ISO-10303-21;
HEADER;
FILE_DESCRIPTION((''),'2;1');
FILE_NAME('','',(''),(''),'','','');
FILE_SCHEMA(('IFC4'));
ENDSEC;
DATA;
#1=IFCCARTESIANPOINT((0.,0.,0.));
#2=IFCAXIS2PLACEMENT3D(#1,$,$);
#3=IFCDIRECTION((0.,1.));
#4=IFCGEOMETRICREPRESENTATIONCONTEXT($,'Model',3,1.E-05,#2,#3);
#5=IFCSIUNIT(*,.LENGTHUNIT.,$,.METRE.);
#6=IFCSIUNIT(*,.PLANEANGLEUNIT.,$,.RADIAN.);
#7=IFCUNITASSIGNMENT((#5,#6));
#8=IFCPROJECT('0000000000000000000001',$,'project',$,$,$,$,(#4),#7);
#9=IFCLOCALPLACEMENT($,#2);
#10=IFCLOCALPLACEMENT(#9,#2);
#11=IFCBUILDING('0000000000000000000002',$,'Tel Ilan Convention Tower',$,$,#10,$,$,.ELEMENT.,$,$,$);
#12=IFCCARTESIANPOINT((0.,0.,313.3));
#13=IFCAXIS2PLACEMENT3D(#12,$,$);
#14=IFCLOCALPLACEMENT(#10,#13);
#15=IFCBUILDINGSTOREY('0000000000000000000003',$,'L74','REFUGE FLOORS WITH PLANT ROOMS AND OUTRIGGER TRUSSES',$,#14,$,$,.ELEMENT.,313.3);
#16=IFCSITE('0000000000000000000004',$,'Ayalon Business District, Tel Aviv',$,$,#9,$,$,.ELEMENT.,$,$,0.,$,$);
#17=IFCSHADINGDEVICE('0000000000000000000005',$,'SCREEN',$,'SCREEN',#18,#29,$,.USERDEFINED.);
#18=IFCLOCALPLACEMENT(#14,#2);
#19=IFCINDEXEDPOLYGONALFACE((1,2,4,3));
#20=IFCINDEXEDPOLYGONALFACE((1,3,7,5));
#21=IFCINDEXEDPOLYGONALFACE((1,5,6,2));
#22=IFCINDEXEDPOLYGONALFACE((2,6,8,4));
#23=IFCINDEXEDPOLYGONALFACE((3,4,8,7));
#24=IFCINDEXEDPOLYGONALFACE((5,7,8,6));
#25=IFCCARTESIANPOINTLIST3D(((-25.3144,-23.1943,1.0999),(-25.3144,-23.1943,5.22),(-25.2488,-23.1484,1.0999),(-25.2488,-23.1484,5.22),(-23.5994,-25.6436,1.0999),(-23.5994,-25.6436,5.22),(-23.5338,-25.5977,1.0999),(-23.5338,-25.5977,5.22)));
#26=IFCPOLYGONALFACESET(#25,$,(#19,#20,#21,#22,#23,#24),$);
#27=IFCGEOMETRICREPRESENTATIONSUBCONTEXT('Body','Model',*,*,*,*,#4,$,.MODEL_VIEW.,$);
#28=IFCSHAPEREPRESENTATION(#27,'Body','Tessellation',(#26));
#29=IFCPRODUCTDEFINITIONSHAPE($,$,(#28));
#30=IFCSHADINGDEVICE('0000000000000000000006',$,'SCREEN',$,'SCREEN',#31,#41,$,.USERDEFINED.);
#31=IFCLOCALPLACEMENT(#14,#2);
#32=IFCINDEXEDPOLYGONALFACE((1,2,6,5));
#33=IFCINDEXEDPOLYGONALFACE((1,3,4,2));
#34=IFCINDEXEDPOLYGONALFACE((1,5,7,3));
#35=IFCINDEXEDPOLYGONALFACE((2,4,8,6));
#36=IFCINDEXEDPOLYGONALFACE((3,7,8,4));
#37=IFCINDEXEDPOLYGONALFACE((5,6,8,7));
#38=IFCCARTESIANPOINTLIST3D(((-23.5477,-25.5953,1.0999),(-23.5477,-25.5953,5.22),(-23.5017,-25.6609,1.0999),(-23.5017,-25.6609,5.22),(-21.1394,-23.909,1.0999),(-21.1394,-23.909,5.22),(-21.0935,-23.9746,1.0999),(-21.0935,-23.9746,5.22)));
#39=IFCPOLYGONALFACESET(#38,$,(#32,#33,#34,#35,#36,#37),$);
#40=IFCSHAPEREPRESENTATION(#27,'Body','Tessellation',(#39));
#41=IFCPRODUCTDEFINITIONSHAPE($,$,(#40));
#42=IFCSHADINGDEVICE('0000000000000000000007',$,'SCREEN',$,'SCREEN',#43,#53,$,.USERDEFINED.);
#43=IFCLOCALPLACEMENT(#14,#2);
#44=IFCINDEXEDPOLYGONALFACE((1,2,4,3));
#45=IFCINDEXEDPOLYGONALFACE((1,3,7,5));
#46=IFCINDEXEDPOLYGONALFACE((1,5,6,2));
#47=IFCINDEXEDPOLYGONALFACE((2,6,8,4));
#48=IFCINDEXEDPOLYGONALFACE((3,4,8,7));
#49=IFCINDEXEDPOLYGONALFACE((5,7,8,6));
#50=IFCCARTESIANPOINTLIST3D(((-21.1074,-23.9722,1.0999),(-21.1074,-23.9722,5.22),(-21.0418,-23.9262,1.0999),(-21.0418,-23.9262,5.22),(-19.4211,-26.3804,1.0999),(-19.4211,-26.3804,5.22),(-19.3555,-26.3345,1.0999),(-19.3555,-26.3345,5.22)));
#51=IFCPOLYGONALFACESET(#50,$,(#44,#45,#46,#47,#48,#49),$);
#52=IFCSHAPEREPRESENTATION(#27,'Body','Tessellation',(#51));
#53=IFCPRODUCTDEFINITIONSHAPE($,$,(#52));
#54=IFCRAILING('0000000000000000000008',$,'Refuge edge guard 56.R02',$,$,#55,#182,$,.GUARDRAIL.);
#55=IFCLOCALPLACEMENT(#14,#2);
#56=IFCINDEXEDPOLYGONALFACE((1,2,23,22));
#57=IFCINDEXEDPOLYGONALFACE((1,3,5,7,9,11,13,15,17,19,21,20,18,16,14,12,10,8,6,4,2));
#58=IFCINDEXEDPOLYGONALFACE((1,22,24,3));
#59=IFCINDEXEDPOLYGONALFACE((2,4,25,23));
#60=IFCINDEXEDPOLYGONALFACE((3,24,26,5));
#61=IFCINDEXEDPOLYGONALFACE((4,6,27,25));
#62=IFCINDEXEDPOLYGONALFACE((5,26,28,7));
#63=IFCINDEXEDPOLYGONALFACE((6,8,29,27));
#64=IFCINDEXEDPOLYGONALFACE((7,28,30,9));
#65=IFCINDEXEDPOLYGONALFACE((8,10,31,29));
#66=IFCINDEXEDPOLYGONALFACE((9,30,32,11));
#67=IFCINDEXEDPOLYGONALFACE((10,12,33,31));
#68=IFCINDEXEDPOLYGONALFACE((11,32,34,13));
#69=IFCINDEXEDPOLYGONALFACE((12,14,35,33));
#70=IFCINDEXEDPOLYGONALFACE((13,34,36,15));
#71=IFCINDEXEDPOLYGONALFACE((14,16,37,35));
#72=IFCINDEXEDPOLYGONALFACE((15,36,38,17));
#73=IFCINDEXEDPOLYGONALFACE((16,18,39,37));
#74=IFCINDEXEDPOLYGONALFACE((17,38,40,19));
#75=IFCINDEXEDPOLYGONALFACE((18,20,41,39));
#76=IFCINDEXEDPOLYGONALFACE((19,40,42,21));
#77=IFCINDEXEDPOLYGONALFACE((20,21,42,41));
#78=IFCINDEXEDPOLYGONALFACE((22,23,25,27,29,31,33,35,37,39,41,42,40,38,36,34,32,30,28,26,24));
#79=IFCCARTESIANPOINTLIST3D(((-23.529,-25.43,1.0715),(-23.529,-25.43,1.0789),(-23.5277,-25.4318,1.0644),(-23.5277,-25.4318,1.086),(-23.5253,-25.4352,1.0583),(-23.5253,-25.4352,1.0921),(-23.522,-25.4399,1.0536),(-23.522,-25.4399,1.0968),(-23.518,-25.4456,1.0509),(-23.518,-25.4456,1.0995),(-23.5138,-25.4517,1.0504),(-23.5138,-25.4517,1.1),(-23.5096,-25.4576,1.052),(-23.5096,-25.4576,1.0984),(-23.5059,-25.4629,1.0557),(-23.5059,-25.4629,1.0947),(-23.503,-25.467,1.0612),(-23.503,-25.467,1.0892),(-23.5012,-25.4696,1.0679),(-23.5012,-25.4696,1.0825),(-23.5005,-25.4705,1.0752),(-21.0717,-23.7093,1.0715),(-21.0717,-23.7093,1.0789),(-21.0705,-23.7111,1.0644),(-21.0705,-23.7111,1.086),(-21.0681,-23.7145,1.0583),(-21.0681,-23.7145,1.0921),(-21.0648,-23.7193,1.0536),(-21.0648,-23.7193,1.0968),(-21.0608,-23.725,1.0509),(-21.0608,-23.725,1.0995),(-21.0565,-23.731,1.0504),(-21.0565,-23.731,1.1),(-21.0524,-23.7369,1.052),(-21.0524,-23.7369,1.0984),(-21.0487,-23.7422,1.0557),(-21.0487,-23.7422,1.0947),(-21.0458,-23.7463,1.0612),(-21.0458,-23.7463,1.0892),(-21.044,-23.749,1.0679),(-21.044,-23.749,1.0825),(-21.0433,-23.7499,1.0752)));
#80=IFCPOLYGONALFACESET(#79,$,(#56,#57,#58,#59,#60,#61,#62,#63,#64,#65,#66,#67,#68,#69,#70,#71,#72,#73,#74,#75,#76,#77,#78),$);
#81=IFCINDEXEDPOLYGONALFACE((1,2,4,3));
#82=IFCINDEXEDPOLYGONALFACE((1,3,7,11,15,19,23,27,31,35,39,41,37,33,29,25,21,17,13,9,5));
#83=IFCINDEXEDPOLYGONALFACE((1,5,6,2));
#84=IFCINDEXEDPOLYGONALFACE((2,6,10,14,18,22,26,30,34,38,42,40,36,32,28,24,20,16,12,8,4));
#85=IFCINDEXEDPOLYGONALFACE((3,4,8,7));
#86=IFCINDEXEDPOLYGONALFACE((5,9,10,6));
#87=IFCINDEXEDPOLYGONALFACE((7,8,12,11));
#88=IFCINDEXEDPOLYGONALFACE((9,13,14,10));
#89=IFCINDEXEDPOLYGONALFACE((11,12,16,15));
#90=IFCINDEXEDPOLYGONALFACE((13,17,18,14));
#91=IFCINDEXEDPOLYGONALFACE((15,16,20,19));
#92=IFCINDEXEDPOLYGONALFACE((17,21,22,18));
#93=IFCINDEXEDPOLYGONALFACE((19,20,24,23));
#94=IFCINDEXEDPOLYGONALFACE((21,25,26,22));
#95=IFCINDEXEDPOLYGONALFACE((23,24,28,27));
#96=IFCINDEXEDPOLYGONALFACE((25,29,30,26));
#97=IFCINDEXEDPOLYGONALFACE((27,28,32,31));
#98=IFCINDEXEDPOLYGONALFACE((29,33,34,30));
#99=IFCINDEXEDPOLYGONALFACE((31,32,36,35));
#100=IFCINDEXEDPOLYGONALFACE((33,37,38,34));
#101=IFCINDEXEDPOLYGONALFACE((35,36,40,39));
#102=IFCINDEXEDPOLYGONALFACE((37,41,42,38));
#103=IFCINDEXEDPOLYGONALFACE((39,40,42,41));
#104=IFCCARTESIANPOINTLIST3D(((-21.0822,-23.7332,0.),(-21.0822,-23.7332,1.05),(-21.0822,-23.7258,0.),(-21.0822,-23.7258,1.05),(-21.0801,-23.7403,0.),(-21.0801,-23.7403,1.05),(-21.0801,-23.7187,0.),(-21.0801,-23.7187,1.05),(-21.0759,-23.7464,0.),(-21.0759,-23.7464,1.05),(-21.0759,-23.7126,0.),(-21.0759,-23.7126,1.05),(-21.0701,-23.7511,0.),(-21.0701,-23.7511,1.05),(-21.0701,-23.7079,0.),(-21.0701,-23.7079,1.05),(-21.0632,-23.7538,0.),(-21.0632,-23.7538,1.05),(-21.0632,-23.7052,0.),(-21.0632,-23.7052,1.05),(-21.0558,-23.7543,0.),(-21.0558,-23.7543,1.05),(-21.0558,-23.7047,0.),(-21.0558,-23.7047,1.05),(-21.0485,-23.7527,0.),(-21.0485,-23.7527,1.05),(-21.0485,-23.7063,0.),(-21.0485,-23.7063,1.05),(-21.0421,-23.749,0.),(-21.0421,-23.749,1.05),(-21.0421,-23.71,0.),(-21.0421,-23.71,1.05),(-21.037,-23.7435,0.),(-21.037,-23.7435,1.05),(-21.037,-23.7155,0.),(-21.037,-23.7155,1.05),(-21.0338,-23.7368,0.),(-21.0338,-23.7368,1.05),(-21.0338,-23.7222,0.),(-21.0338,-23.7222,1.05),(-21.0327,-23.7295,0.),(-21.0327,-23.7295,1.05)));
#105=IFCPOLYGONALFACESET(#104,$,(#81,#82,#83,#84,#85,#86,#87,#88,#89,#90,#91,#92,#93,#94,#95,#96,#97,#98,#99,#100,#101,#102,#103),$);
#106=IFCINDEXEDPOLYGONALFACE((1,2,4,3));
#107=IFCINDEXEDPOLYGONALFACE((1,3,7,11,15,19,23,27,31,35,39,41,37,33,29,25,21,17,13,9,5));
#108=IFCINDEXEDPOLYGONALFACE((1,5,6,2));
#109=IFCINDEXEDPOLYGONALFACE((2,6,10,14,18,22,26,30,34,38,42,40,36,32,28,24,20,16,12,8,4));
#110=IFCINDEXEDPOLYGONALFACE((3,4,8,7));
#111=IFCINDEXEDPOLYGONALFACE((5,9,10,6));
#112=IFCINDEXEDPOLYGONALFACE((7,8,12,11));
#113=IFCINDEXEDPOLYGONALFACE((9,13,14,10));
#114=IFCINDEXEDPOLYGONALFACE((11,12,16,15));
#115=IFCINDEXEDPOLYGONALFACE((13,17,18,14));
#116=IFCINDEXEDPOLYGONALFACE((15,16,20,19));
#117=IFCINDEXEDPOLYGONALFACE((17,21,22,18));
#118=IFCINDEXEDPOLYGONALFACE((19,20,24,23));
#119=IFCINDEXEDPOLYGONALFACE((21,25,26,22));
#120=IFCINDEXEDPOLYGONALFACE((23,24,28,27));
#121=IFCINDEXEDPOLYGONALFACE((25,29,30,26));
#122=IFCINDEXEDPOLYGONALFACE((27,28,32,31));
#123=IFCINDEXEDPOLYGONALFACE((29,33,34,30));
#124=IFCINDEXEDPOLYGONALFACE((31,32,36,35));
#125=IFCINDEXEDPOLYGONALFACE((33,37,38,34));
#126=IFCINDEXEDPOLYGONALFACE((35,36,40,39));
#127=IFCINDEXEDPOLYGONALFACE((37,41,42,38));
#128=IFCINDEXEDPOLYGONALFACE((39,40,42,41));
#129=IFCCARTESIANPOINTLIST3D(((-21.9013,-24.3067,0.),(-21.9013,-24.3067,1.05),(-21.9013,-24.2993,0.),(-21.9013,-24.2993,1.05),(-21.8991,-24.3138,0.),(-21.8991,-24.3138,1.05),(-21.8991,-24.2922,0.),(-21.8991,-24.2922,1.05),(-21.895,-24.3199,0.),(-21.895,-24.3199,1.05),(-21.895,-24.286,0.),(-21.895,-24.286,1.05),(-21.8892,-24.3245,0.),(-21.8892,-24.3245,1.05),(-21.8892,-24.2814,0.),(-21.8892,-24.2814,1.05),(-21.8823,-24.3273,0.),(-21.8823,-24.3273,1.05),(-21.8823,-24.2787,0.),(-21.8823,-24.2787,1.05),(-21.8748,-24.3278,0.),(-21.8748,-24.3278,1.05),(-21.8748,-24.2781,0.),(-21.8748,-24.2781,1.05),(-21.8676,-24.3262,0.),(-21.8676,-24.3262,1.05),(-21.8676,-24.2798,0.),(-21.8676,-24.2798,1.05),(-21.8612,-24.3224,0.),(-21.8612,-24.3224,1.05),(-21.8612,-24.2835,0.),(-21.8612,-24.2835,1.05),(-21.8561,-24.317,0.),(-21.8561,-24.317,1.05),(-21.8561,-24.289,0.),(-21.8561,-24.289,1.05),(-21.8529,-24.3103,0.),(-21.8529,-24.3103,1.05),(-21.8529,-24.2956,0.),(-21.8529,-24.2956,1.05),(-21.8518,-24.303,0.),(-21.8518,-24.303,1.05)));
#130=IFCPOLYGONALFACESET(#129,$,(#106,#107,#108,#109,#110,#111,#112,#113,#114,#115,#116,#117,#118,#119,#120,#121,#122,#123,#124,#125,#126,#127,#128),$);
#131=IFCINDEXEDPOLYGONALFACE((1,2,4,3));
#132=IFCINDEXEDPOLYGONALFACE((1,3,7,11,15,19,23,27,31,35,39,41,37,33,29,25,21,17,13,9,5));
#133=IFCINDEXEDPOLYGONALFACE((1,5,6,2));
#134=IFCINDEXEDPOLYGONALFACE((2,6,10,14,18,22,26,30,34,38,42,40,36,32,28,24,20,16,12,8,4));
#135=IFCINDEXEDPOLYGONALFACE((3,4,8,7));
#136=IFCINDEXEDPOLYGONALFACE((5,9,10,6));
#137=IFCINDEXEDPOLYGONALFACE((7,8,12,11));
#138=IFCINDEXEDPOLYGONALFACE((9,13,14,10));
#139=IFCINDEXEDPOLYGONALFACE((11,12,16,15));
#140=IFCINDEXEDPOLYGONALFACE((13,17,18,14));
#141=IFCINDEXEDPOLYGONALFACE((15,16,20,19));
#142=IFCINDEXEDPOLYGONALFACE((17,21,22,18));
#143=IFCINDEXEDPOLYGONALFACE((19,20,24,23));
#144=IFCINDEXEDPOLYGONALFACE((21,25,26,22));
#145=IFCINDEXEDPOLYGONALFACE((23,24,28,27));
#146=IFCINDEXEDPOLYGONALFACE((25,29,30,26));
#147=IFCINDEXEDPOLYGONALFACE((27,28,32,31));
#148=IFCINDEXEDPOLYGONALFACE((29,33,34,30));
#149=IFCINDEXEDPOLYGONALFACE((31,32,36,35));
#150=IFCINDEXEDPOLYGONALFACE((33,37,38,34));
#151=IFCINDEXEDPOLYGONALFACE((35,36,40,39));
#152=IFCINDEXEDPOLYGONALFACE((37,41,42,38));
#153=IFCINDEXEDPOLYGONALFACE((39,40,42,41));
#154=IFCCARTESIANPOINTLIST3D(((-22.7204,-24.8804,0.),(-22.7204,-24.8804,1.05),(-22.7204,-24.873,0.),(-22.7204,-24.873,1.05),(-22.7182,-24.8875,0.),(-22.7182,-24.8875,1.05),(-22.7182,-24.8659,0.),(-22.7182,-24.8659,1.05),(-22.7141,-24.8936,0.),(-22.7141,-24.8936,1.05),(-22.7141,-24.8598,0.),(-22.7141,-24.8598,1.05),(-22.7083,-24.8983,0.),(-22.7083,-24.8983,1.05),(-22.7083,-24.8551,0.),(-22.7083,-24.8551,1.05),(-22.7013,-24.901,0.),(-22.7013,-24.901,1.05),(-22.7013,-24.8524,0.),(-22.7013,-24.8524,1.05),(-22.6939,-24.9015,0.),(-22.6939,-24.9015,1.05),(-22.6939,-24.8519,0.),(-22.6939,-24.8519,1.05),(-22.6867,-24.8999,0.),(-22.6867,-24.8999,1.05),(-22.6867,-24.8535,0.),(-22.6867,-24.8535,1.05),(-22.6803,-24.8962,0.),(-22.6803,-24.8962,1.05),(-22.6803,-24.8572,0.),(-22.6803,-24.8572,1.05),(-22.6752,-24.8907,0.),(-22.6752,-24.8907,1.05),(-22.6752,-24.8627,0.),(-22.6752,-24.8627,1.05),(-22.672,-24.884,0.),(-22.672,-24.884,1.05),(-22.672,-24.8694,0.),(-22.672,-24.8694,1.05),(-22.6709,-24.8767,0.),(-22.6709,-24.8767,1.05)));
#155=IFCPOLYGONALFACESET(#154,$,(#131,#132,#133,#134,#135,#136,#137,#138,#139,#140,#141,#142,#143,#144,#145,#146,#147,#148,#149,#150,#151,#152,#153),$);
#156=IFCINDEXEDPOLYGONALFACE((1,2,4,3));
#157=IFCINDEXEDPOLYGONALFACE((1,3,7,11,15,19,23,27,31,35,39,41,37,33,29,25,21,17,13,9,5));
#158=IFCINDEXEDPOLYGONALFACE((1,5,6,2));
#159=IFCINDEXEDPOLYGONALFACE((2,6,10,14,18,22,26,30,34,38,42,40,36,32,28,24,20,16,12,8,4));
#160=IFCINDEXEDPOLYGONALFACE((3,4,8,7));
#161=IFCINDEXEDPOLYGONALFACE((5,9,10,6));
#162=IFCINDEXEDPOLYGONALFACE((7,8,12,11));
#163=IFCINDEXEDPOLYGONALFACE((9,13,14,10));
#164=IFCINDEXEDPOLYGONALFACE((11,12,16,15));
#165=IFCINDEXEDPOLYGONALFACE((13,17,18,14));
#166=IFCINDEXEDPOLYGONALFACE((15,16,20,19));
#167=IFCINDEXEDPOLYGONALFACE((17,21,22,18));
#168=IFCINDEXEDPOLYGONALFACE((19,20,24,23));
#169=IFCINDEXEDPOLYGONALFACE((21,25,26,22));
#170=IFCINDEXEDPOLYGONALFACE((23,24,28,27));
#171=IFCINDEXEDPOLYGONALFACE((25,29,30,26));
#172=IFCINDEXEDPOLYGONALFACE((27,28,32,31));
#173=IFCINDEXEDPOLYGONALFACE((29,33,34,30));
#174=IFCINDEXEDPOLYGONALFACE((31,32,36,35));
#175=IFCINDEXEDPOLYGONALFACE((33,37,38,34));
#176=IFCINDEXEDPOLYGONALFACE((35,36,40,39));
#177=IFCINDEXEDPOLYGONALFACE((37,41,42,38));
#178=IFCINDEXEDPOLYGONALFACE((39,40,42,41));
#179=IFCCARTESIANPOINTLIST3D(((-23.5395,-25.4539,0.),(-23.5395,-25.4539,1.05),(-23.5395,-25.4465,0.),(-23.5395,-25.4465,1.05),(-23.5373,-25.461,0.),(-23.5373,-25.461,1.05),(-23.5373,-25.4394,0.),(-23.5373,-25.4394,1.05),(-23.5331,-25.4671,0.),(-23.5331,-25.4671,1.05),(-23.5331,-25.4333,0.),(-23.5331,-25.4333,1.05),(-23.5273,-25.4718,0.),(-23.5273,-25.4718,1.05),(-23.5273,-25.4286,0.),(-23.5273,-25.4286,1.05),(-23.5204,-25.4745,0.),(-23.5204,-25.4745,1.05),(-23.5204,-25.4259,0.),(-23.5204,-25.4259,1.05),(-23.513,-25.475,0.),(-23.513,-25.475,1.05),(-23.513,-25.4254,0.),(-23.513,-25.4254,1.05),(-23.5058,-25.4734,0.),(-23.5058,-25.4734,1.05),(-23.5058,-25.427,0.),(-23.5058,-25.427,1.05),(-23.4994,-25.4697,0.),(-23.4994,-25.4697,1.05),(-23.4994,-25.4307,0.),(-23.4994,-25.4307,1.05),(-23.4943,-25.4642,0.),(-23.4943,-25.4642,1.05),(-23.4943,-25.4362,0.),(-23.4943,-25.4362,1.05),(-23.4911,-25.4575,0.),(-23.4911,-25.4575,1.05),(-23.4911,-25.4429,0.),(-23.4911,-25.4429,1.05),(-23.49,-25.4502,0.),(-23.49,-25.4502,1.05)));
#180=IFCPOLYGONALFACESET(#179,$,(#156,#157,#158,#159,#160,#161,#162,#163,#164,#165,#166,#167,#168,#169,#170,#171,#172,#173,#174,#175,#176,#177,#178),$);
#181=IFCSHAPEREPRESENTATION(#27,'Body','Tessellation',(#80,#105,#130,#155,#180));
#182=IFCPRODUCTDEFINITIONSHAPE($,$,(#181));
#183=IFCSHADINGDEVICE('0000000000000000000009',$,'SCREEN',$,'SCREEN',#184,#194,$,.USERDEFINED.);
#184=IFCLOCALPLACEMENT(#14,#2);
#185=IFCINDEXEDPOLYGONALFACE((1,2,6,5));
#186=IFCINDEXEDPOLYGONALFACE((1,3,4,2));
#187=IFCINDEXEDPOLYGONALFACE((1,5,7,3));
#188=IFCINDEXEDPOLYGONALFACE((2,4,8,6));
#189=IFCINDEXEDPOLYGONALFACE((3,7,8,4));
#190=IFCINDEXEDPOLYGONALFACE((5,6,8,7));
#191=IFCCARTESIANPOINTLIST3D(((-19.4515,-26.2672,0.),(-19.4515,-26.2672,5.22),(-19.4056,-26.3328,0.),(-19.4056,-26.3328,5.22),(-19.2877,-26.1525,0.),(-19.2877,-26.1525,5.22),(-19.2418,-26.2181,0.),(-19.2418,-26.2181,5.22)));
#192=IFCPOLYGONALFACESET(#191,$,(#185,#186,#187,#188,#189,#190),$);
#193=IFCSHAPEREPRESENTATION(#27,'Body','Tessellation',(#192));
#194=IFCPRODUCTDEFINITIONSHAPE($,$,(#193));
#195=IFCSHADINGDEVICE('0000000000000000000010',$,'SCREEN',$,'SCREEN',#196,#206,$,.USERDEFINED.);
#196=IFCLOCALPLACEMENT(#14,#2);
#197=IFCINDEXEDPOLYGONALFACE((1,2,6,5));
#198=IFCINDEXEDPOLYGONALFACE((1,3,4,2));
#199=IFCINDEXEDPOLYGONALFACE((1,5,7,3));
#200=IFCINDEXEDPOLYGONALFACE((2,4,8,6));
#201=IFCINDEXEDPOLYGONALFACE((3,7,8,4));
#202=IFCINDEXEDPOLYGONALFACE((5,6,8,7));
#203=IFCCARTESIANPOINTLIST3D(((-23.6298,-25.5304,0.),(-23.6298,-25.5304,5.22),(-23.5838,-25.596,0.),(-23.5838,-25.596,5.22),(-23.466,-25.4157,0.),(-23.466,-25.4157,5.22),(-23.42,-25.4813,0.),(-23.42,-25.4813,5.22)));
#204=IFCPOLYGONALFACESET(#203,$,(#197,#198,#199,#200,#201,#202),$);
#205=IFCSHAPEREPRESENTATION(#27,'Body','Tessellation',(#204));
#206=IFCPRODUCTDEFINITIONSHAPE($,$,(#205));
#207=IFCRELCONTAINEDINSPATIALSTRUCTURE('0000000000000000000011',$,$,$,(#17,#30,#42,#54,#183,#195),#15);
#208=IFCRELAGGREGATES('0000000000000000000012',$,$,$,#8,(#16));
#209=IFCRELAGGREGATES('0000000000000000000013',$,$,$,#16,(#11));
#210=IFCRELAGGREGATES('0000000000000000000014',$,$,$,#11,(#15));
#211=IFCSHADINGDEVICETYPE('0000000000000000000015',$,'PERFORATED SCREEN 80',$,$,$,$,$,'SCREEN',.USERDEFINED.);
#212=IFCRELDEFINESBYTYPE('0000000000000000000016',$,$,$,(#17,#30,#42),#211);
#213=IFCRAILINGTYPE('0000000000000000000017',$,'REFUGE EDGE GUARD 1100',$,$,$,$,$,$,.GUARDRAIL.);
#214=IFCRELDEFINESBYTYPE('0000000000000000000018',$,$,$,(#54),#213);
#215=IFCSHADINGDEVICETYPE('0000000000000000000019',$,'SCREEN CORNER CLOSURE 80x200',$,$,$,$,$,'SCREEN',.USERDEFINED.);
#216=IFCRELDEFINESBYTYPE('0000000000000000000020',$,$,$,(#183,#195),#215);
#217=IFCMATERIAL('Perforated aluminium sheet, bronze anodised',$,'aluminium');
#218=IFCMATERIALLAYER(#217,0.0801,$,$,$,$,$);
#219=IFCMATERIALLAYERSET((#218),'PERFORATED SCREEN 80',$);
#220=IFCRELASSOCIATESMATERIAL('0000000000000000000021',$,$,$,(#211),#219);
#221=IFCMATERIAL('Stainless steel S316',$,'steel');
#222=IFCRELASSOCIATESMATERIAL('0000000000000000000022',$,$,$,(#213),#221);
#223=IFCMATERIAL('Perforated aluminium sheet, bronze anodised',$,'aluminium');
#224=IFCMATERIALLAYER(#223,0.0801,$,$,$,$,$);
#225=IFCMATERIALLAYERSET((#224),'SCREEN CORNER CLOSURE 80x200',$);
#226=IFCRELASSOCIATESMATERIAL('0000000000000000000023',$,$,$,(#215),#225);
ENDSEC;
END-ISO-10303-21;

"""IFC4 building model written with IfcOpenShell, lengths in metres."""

from ifc_helpers import new_model, si_unit, direction, frame, origin, origin_2d, place, context, subcontext, project, spatial, rectangle, circle, extrude, material, layer, layer_set, type_object, element, save


model = new_model("IFC4")

# Units and contexts
model_context = context("Model", 3, precision=1e-05, world=origin(), true_north=direction((0.0, 1.0)))
body_context = subcontext(model_context, "Body", "Model", "MODEL_VIEW")
ifc_project = project(units=[si_unit("LENGTHUNIT", "METRE"), si_unit("PLANEANGLEUNIT", "RADIAN")], contexts=[model_context])

# Site, building, storey
site_placement = place(None, origin())
site = spatial("IfcSite", under=ifc_project, at=site_placement, Name="Ayalon Business District, Tel Aviv", CompositionType="ELEMENT", RefElevation=0.0)
building_placement = place(site_placement, origin())
building = spatial("IfcBuilding", under=site, at=building_placement, Name="Tel Ilan Convention Tower", CompositionType="ELEMENT")
storey_placement = place(building_placement, frame((0.0, 0.0, 313.3)))
storey = spatial("IfcBuildingStorey", under=building, at=storey_placement, Name="L74", Description="REFUGE FLOORS WITH PLANT ROOMS AND OUTRIGGER TRUSSES", CompositionType="ELEMENT", Elevation=313.3)

# Shading devices
ifc_material_1 = material(Name="Perforated aluminium sheet, bronze anodised", Category="aluminium")
ifc_layer_1 = layer(ifc_material_1, 0.0801)
ifc_layer_set_1 = layer_set([ifc_layer_1], Name="PERFORATED SCREEN 80")
shading_device_type_1 = type_object("IfcShadingDeviceType", Name="PERFORATED SCREEN 80", ElementType="SCREEN", PredefinedType="USERDEFINED", material=ifc_layer_set_1)
shading_device_placement = place(storey_placement, frame((-24.4241, -24.396, 1.0999), z_axis=(0.0, 0.0, 1.0), x_axis=(0.573576, -0.819152, 0.0)))
element("IfcShadingDevice", 1, at=shading_device_placement, inside=storey, type_object=shading_device_type_1, Name="SCREEN", ObjectType="SCREEN", PredefinedType="USERDEFINED", context=body_context, shape_type="SweptSolid", body=[
    extrude(rectangle(XDim=2.99, YDim=0.0801, at=origin_2d()), origin(), (0.0, 0.0, 1.0), 4.1201),
])
for number, where, z_axis, x_axis, name in (
    (2, (-22.3206, -24.7849, 1.0999), (0.0, 0.0, 1.0), (0.819152, 0.573576, 0.0), "SCREEN"),
    (3, (-20.2314, -25.1533, 1.0999), (0.0, 0.0, 1.0), (0.573576, -0.819152, 0.0), "SCREEN"),
):
    element("IfcShadingDevice", number, at=place(storey_placement, frame(where, z_axis=z_axis, x_axis=x_axis)), inside=storey, type_object=shading_device_type_1, Name=name, ObjectType="SCREEN", PredefinedType="USERDEFINED", context=body_context, shape_type="SweptSolid", body=[
        extrude(rectangle(XDim=2.9399, YDim=0.0801, at=origin_2d()), origin(), (0.0, 0.0, 1.0), 4.1201),
    ])

# Railing
ifc_material_2 = material(Name="Stainless steel S316", Category="steel")
railing_type = type_object("IfcRailingType", Name="REFUGE EDGE GUARD 1100", PredefinedType="GUARDRAIL", material=ifc_material_2)
railing_1_placement = place(storey_placement, frame((-21.0576, -23.7295, 0.0)))
element("IfcRailing", 4, at=railing_1_placement, inside=storey, type_object=railing_type, Name="Refuge edge guard 56.R02", PredefinedType="GUARDRAIL", context=body_context, shape_type="SweptSolid", body=[
    extrude(circle(Radius=0.0249, at=origin_2d()), frame((0.0, 0.0, 1.0752), z_axis=(-0.819136, -0.573599, 0.0), x_axis=(0.573599, -0.819136, 0.0)), (0.0, 0.0, 1.0), 2.9998),
    extrude(circle(Radius=0.0249, at=origin_2d()), origin(), (0.0, 0.0, 1.0), 1.05),
    extrude(circle(Radius=0.0249, at=origin_2d()), frame((-0.8191, -0.5735, 0.0)), (0.0, 0.0, 1.0), 1.05),
    extrude(circle(Radius=0.0249, at=origin_2d()), frame((-1.6382, -1.1472, 0.0)), (0.0, 0.0, 1.0), 1.05),
    extrude(circle(Radius=0.0249, at=origin_2d()), frame((-2.4573, -1.7207, 0.0)), (0.0, 0.0, 1.0), 1.05),
])

# Shading devices
ifc_material_3 = material(Name="Perforated aluminium sheet, bronze anodised", Category="aluminium")
ifc_layer_2 = layer(ifc_material_3, 0.0801)
ifc_layer_set_2 = layer_set([ifc_layer_2], Name="SCREEN CORNER CLOSURE 80x200")
shading_device_type_2 = type_object("IfcShadingDeviceType", Name="SCREEN CORNER CLOSURE 80x200", ElementType="SCREEN", PredefinedType="USERDEFINED", material=ifc_layer_set_2)
for number, where, z_axis, x_axis, name in (
    (5, (-19.3467, -26.2427, 0.0), (0.0, 0.0, 1.0), (0.573576, -0.819152, 0.0), "SCREEN"),
    (6, (-23.5249, -25.5059, 0.0), (0.0, 0.0, 1.0), (0.573576, -0.819152, 0.0), "SCREEN"),
):
    element("IfcShadingDevice", number, at=place(storey_placement, frame(where, z_axis=z_axis, x_axis=x_axis)), inside=storey, type_object=shading_device_type_2, Name=name, ObjectType="SCREEN", PredefinedType="USERDEFINED", context=body_context, shape_type="SweptSolid", body=[
        extrude(rectangle(XDim=0.0801, YDim=0.2, at=origin_2d()), origin(), (0.0, 0.0, 1.0), 5.22),
    ])

save(model, "model.ifc")
